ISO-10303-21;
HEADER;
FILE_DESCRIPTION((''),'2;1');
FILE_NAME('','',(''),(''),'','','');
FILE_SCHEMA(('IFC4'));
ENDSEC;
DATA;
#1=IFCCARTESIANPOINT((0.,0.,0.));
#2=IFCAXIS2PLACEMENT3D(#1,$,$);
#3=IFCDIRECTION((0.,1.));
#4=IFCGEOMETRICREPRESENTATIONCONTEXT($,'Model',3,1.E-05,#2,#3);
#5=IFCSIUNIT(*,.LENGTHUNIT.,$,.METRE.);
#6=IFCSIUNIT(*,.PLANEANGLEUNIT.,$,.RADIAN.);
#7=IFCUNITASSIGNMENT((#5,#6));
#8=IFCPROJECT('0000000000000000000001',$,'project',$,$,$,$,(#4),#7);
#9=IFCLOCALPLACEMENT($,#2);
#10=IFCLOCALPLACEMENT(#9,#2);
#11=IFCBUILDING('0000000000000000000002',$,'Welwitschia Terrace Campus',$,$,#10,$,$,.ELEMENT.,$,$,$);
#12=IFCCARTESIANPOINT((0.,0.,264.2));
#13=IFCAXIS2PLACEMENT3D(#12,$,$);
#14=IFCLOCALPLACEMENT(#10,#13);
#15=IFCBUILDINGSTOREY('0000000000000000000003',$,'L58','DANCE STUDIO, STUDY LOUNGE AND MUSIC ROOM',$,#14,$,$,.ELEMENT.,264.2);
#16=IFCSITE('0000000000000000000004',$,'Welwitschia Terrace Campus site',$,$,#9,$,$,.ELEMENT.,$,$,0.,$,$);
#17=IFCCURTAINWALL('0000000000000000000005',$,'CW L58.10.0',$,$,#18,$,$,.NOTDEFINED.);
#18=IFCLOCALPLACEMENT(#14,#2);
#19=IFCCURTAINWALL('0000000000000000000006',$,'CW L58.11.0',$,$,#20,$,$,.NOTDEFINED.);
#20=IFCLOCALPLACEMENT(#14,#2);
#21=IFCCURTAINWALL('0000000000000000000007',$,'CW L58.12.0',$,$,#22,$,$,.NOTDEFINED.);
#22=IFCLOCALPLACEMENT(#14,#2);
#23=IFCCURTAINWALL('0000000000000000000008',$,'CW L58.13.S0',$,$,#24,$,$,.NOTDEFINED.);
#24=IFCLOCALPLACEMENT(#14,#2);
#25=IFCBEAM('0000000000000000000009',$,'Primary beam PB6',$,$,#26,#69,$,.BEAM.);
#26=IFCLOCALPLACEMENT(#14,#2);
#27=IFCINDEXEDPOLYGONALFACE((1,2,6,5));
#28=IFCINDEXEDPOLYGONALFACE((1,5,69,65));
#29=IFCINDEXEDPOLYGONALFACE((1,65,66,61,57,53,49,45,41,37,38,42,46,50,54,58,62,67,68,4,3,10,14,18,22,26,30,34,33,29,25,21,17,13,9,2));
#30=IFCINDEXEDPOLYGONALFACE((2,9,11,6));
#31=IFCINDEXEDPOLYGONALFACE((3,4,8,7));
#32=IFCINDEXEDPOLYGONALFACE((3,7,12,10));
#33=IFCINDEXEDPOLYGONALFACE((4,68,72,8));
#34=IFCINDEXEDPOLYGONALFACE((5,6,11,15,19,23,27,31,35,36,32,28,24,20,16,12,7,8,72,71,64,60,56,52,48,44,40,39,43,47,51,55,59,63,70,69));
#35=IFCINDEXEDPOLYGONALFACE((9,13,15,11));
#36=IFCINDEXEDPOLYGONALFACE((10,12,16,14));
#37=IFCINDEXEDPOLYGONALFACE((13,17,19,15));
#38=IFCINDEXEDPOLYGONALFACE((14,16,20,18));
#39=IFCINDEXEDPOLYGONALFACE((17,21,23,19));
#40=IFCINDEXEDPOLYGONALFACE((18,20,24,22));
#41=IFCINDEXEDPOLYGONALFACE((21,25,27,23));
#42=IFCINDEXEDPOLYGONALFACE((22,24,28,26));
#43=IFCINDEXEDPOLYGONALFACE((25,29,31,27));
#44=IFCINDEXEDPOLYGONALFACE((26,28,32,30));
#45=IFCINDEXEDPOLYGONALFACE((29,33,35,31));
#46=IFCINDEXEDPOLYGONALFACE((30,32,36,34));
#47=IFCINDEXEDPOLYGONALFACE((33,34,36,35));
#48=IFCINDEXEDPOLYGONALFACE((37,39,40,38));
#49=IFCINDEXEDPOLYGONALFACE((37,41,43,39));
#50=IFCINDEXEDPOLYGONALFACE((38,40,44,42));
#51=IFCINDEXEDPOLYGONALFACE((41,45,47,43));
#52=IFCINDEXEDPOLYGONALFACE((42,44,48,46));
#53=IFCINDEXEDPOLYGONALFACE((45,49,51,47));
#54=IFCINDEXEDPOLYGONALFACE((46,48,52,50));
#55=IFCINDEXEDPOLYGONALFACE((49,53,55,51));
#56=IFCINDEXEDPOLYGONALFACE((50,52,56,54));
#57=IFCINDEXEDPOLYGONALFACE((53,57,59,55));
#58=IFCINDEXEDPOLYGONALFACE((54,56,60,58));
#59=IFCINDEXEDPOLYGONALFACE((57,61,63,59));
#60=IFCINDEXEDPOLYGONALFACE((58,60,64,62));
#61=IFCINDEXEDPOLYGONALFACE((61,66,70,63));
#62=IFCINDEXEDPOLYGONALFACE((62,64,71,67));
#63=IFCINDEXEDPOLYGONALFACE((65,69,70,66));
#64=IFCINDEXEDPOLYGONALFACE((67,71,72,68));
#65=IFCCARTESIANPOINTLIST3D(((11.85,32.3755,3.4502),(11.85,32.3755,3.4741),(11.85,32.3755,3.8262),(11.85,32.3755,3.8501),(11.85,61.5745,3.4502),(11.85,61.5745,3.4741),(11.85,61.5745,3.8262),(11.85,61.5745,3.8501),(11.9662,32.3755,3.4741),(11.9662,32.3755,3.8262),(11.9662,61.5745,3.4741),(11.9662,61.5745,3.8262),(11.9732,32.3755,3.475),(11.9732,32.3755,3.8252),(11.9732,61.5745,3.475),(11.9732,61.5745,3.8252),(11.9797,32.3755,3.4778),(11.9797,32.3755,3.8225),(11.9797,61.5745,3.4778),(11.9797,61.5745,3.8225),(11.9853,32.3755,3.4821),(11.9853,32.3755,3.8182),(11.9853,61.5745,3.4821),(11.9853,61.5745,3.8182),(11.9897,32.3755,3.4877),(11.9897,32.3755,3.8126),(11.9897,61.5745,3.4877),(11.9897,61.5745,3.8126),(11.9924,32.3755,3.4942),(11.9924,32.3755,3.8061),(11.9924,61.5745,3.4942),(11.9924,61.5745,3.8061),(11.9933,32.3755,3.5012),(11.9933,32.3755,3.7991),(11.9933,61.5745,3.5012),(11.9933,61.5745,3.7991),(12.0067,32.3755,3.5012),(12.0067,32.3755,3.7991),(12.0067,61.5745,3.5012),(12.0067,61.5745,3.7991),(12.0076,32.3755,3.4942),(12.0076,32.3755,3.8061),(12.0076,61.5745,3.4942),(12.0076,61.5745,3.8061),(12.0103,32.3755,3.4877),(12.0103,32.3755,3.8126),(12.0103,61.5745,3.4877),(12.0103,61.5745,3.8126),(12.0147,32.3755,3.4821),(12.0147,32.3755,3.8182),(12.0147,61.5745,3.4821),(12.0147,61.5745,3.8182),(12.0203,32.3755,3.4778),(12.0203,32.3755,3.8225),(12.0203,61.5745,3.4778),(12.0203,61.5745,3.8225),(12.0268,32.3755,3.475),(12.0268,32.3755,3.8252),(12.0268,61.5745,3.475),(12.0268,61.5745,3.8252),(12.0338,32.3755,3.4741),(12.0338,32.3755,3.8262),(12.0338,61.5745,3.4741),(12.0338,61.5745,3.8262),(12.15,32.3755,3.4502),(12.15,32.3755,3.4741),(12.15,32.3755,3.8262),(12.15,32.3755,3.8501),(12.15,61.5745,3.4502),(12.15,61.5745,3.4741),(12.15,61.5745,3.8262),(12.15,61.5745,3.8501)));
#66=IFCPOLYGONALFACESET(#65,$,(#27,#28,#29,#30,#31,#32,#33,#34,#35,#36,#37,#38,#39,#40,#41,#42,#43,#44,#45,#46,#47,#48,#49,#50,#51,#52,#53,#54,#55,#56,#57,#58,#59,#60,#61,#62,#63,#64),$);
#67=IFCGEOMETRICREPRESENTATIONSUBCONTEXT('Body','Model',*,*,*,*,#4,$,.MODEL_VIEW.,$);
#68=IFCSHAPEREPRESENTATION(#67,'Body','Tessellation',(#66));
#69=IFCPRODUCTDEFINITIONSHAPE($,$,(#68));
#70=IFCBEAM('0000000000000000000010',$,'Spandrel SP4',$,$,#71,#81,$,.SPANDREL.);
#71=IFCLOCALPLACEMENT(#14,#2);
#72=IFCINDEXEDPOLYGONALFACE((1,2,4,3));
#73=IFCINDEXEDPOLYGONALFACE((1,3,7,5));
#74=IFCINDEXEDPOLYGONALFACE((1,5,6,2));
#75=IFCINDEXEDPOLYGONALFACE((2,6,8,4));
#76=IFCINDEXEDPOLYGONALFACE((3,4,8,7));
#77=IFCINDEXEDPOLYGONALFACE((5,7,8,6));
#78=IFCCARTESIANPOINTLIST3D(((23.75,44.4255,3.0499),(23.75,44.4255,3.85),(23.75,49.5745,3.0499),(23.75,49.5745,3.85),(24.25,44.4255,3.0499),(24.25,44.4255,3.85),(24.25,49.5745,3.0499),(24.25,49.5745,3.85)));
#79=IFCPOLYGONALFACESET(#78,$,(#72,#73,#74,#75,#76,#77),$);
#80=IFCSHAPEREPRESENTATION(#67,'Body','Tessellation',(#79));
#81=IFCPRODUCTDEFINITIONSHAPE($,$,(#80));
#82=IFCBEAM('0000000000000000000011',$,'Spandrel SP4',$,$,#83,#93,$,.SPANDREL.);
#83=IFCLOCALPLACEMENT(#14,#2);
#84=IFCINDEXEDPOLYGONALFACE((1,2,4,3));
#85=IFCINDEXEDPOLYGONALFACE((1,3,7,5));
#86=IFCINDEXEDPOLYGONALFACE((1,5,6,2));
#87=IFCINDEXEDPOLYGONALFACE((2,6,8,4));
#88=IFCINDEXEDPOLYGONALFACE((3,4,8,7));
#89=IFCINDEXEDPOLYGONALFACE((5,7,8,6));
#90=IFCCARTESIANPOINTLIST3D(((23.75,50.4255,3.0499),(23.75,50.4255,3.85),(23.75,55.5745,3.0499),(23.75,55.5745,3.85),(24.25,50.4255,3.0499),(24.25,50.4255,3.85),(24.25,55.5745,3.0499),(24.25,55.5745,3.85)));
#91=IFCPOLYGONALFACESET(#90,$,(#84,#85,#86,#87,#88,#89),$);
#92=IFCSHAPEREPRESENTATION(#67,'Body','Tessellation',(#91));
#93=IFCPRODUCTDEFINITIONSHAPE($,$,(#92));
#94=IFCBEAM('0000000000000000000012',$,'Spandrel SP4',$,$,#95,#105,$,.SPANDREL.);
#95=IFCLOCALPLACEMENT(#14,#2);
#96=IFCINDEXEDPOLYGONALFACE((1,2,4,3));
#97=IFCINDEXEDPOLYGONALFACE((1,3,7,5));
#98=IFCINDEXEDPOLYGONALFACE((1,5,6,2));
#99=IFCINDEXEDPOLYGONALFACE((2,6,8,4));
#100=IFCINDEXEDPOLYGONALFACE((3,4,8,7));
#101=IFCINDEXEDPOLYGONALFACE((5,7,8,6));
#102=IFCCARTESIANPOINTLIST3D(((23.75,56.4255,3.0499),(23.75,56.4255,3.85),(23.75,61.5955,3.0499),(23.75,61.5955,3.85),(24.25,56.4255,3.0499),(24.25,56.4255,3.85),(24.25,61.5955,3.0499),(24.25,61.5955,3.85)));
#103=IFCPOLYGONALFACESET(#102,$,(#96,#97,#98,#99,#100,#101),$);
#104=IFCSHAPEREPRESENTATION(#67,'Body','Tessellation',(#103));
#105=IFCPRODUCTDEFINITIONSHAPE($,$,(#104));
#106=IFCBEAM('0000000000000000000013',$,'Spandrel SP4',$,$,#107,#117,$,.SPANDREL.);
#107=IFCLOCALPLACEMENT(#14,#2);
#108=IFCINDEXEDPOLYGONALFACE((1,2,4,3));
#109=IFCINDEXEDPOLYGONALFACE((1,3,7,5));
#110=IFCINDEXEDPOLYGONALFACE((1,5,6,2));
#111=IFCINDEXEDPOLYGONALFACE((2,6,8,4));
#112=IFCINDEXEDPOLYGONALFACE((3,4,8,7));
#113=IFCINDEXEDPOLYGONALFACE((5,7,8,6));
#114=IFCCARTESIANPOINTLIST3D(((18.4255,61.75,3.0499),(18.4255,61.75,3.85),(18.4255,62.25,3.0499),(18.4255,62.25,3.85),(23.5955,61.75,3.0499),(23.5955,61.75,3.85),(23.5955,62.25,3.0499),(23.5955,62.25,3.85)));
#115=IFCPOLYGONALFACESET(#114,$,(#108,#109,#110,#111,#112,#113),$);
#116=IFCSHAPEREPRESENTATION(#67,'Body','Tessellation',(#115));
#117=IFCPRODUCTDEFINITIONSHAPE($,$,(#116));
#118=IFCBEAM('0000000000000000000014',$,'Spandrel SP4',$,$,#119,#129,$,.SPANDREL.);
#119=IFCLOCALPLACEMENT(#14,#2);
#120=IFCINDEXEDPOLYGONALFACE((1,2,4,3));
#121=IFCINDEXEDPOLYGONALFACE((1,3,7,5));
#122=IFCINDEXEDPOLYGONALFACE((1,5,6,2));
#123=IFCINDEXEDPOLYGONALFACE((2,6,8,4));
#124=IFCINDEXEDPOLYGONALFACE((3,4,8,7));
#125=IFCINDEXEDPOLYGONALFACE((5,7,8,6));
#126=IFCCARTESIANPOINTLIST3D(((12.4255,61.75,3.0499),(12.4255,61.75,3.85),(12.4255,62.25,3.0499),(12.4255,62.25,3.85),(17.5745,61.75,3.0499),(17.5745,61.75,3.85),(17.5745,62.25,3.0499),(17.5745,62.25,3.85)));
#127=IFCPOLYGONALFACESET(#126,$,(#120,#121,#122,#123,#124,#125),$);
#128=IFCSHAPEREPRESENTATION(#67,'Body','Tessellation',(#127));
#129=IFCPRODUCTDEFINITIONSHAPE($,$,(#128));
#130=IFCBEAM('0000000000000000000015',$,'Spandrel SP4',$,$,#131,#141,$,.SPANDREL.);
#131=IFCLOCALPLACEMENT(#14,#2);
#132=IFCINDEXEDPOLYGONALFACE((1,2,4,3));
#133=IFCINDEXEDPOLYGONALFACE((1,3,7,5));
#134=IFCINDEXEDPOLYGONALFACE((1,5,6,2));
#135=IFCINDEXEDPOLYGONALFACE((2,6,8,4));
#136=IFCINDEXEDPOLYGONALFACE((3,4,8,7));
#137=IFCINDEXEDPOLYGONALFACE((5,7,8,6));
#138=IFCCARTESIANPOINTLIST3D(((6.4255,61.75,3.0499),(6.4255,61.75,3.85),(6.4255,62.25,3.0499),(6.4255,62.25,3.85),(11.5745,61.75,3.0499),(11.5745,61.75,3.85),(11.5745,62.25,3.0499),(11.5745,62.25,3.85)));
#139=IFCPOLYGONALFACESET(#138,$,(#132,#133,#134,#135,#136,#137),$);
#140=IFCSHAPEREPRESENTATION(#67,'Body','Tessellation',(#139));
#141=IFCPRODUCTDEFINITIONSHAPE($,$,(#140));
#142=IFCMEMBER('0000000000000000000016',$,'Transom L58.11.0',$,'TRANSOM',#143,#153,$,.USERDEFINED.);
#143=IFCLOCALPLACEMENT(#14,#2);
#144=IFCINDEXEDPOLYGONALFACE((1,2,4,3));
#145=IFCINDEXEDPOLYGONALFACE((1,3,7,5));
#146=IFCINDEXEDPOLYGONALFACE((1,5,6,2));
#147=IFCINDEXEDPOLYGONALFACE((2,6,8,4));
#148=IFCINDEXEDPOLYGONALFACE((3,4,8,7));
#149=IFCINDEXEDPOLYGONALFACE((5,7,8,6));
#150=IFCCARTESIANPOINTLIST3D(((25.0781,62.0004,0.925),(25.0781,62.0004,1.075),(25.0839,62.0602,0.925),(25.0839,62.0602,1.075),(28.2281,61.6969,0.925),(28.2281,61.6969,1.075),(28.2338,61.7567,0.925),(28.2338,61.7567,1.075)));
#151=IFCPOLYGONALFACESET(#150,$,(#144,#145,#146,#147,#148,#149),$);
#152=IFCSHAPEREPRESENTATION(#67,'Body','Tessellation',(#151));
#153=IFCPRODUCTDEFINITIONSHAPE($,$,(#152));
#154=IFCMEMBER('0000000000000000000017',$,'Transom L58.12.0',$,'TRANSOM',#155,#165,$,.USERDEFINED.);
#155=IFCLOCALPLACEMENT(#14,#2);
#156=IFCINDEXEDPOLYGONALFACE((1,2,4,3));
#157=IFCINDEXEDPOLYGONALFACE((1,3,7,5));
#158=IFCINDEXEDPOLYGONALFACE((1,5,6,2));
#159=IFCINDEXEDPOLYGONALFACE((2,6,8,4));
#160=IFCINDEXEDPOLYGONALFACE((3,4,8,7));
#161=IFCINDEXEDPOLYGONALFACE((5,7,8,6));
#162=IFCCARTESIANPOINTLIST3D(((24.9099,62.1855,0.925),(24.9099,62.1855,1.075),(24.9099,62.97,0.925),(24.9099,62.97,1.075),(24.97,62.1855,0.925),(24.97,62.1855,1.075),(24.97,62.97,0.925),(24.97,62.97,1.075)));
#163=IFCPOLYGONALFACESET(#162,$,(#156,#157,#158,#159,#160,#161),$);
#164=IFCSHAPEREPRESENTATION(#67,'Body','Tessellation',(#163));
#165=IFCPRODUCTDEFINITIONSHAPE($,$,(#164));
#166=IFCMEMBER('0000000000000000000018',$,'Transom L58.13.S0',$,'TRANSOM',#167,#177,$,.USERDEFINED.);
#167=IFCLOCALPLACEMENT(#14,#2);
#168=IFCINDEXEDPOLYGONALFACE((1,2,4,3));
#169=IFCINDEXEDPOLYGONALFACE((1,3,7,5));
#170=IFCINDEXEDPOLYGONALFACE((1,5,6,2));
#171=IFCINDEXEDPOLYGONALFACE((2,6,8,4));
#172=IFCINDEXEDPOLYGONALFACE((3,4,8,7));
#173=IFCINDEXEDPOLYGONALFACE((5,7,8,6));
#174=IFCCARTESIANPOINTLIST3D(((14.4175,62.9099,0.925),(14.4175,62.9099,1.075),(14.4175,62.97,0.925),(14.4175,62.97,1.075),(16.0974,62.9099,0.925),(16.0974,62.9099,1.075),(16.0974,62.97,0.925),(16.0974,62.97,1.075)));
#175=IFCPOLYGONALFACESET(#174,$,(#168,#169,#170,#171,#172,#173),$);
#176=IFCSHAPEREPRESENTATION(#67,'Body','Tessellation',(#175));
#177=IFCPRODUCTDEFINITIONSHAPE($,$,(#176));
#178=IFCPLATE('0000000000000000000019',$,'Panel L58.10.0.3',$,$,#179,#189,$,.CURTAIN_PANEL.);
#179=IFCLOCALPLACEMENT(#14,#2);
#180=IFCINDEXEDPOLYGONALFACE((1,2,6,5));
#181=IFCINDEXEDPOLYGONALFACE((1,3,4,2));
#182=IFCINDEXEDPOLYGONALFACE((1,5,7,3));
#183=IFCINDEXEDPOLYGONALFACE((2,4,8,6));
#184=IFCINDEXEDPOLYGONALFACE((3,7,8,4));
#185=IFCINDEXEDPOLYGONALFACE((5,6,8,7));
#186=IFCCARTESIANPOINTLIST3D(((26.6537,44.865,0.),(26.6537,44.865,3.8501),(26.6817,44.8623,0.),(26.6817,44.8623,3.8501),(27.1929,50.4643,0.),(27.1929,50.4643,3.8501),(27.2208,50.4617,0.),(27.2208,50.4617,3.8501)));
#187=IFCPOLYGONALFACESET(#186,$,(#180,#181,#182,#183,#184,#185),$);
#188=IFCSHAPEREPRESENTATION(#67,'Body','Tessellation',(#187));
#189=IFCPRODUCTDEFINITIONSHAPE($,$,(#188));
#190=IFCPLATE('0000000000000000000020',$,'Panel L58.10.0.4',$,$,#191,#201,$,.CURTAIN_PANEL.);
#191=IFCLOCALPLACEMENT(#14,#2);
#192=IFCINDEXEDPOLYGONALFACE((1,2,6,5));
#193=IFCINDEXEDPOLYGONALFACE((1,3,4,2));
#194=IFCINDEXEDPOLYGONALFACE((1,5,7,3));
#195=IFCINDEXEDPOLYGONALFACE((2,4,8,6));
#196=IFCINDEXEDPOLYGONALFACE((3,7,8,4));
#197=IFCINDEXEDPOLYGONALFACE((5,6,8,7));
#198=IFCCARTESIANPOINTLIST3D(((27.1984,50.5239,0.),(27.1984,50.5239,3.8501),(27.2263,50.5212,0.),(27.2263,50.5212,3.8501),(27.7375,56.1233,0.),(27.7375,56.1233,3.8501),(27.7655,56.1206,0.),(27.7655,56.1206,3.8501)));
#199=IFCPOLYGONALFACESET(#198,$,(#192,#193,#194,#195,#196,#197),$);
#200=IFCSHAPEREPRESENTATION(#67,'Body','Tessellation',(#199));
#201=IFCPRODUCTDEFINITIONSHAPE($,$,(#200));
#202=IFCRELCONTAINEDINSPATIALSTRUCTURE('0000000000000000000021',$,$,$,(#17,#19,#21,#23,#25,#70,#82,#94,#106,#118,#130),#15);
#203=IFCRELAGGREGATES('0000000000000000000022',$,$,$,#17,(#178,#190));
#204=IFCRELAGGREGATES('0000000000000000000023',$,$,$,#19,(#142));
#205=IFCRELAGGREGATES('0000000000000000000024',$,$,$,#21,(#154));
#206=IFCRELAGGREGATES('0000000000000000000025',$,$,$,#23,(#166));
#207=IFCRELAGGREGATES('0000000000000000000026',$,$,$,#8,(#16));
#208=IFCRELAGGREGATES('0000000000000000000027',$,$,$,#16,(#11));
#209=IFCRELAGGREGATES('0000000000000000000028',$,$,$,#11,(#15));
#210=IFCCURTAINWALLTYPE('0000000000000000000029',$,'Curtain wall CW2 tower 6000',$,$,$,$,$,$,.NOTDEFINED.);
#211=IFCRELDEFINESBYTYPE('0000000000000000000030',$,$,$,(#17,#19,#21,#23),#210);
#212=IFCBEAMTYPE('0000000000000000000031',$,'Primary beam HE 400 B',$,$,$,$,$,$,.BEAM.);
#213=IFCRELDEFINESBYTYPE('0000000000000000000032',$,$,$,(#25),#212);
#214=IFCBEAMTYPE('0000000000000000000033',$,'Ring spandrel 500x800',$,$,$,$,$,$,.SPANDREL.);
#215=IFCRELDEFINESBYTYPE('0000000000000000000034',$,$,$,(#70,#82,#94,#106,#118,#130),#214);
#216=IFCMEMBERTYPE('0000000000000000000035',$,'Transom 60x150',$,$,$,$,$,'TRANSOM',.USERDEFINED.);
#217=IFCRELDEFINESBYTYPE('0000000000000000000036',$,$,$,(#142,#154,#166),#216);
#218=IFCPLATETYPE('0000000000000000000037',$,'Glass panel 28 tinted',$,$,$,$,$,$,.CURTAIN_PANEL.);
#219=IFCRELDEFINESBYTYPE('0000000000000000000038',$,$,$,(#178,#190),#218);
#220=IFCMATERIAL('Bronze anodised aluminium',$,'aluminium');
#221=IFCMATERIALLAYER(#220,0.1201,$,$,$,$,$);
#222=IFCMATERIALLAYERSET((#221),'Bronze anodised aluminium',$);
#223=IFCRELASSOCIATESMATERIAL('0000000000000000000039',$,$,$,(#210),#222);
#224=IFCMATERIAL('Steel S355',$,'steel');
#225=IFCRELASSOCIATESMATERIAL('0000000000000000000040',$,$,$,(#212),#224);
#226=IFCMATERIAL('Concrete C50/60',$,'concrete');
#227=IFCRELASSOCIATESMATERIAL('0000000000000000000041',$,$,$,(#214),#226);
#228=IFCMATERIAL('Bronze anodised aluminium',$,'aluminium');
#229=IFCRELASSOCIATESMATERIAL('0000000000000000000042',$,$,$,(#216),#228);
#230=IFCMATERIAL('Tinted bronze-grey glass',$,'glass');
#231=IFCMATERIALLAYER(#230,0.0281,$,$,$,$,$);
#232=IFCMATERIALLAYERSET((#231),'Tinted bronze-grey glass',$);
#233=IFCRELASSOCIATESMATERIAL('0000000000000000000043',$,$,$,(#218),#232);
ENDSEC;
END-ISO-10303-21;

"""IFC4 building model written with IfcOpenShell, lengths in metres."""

from ifc_helpers import new_model, si_unit, direction, frame, origin, origin_2d, place, context, subcontext, project, spatial, rectangle, i_section, extrude, material, layer, layer_set, material_profile, profile_set, type_object, element, aggregate, save


model = new_model("IFC4")

# Units and contexts
model_context = context("Model", 3, precision=1e-05, world=origin(), true_north=direction((0.0, 1.0)))
body_context = subcontext(model_context, "Body", "Model", "MODEL_VIEW")
ifc_project = project(units=[si_unit("LENGTHUNIT", "METRE"), si_unit("PLANEANGLEUNIT", "RADIAN")], contexts=[model_context])

# Site, building, storey
site_placement = place(None, origin())
site = spatial("IfcSite", under=ifc_project, at=site_placement, Name="Welwitschia Terrace Campus site", CompositionType="ELEMENT", RefElevation=0.0)
building_placement = place(site_placement, origin())
building = spatial("IfcBuilding", under=site, at=building_placement, Name="Welwitschia Terrace Campus", CompositionType="ELEMENT")
storey_placement = place(building_placement, frame((0.0, 0.0, 264.2)))
storey = spatial("IfcBuildingStorey", under=building, at=storey_placement, Name="L58", Description="DANCE STUDIO, STUDY LOUNGE AND MUSIC ROOM", CompositionType="ELEMENT", Elevation=264.2)

# Curtain walls
ifc_material_1 = material(Name="Bronze anodised aluminium", Category="aluminium")
ifc_layer_1 = layer(ifc_material_1, 0.1201)
ifc_layer_set_1 = layer_set([ifc_layer_1], Name="Bronze anodised aluminium")
curtain_wall_type = type_object("IfcCurtainWallType", Name="Curtain wall CW2 tower 6000", PredefinedType="NOTDEFINED", material=ifc_layer_set_1)
curtain_wall_1_placement = place(storey_placement, origin())
curtain_wall_1 = element("IfcCurtainWall", 1, at=curtain_wall_1_placement, inside=storey, type_object=curtain_wall_type, Name="CW L58.10.0", PredefinedType="NOTDEFINED")
curtain_wall_2_placement = place(storey_placement, origin())
curtain_wall_2 = element("IfcCurtainWall", 2, at=curtain_wall_2_placement, inside=storey, type_object=curtain_wall_type, Name="CW L58.11.0", PredefinedType="NOTDEFINED")
curtain_wall_3_placement = place(storey_placement, origin())
curtain_wall_3 = element("IfcCurtainWall", 3, at=curtain_wall_3_placement, inside=storey, type_object=curtain_wall_type, Name="CW L58.12.0", PredefinedType="NOTDEFINED")
curtain_wall_4_placement = place(storey_placement, origin())
curtain_wall_4 = element("IfcCurtainWall", 4, at=curtain_wall_4_placement, inside=storey, type_object=curtain_wall_type, Name="CW L58.13.S0", PredefinedType="NOTDEFINED")

# Beams
ifc_material_2 = material(Name="Steel S355", Category="steel")
ifc_material_profile_1 = material_profile(ifc_material_2, i_section(OverallWidth=0.3, OverallDepth=0.3999, WebThickness=0.0134, FlangeThickness=0.0239, FilletRadius=0.0271, at=origin_2d()))
ifc_profile_set_1 = profile_set([ifc_material_profile_1], Name="Steel S355")
beam_type_1 = type_object("IfcBeamType", Name="Primary beam HE 400 B", PredefinedType="BEAM", material=ifc_profile_set_1)
beam_1_placement = place(storey_placement, frame((12.0, 61.5745, 3.6501), z_axis=(0.0, -1.0, 0.0), x_axis=(1.0, 0.0, 0.0)))
element("IfcBeam", 5, at=beam_1_placement, inside=storey, type_object=beam_type_1, Name="Primary beam PB6", PredefinedType="BEAM", context=body_context, shape_type="SweptSolid", body=[
    extrude(i_section(OverallWidth=0.3, OverallDepth=0.3999, WebThickness=0.0134, FlangeThickness=0.0239, FilletRadius=0.0271, at=origin_2d()), origin(), (0.0, 0.0, 1.0), 29.199),
])
ifc_material_3 = material(Name="Concrete C50/60", Category="concrete")
ifc_material_profile_2 = material_profile(ifc_material_3, rectangle(XDim=0.5, YDim=0.8, at=origin_2d()))
ifc_profile_set_2 = profile_set([ifc_material_profile_2], Name="Concrete C50/60")
beam_type_2 = type_object("IfcBeamType", Name="Ring spandrel 500x800", PredefinedType="SPANDREL", material=ifc_profile_set_2)
for number, where, z_axis, x_axis, name in (
    (6, (24.0, 44.4255, 3.45), (0.0, 1.0, 0.0), (-1.0, 0.0, 0.0), "Spandrel SP4"),
    (7, (24.0, 50.4255, 3.45), (0.0, 1.0, 0.0), (-1.0, 0.0, 0.0), "Spandrel SP4"),
):
    element("IfcBeam", number, at=place(storey_placement, frame(where, z_axis=z_axis, x_axis=x_axis)), inside=storey, type_object=beam_type_2, Name=name, PredefinedType="SPANDREL", context=body_context, shape_type="SweptSolid", body=[
        extrude(rectangle(XDim=0.5, YDim=0.8, at=origin_2d()), origin(), (0.0, 0.0, 1.0), 5.1489),
    ])
for number, where, z_axis, x_axis, name in (
    (8, (24.0, 56.4255, 3.45), (0.0, 1.0, 0.0), (-1.0, 0.0, 0.0), "Spandrel SP4"),
    (9, (23.5955, 62.0, 3.45), (-1.0, 0.0, 0.0), (0.0, -1.0, 0.0), "Spandrel SP4"),
):
    element("IfcBeam", number, at=place(storey_placement, frame(where, z_axis=z_axis, x_axis=x_axis)), inside=storey, type_object=beam_type_2, Name=name, PredefinedType="SPANDREL", context=body_context, shape_type="SweptSolid", body=[
        extrude(rectangle(XDim=0.5, YDim=0.8, at=origin_2d()), origin(), (0.0, 0.0, 1.0), 5.1699),
    ])
for number, where, z_axis, x_axis, name in (
    (10, (17.5745, 62.0, 3.45), (-1.0, 0.0, 0.0), (0.0, -1.0, 0.0), "Spandrel SP4"),
    (11, (11.5745, 62.0, 3.45), (-1.0, 0.0, 0.0), (0.0, -1.0, 0.0), "Spandrel SP4"),
):
    element("IfcBeam", number, at=place(storey_placement, frame(where, z_axis=z_axis, x_axis=x_axis)), inside=storey, type_object=beam_type_2, Name=name, PredefinedType="SPANDREL", context=body_context, shape_type="SweptSolid", body=[
        extrude(rectangle(XDim=0.5, YDim=0.8, at=origin_2d()), origin(), (0.0, 0.0, 1.0), 5.1489),
    ])

# Members
ifc_material_4 = material(Name="Bronze anodised aluminium", Category="aluminium")
ifc_material_profile_3 = material_profile(ifc_material_4, rectangle(XDim=0.0601, YDim=0.1499, at=origin_2d()))
ifc_profile_set_3 = profile_set([ifc_material_profile_3], Name="Bronze anodised aluminium")
member_type_1 = type_object("IfcMemberType", Name="Transom 60x150", ElementType="TRANSOM", PredefinedType="USERDEFINED", material=ifc_profile_set_3)
member_1_placement = place(storey_placement, frame((28.231, 61.7268, 1.0), z_axis=(-0.995391, 0.095898, 0.0), x_axis=(-0.095898, -0.995391, 0.0)))
member_1 = element("IfcMember", 12, at=member_1_placement, type_object=member_type_1, Name="Transom L58.11.0", ObjectType="TRANSOM", PredefinedType="USERDEFINED", context=body_context, shape_type="SweptSolid", body=[
    extrude(rectangle(XDim=0.0601, YDim=0.1499, at=origin_2d()), origin(), (0.0, 0.0, 1.0), 3.1646),
])
member_2_placement = place(storey_placement, frame((24.9399, 62.1855, 1.0), z_axis=(0.0, 1.0, 0.0), x_axis=(-1.0, 0.0, 0.0)))
member_2 = element("IfcMember", 13, at=member_2_placement, type_object=member_type_1, Name="Transom L58.12.0", ObjectType="TRANSOM", PredefinedType="USERDEFINED", context=body_context, shape_type="SweptSolid", body=[
    extrude(rectangle(XDim=0.0601, YDim=0.1499, at=origin_2d()), origin(), (0.0, 0.0, 1.0), 0.7844),
])
member_3_placement = place(storey_placement, frame((16.0974, 62.9399, 1.0), z_axis=(-1.0, 0.0, 0.0), x_axis=(0.0, -1.0, 0.0)))
member_3 = element("IfcMember", 14, at=member_3_placement, type_object=member_type_1, Name="Transom L58.13.S0", ObjectType="TRANSOM", PredefinedType="USERDEFINED", context=body_context, shape_type="SweptSolid", body=[
    extrude(rectangle(XDim=0.0601, YDim=0.1499, at=origin_2d()), origin(), (0.0, 0.0, 1.0), 1.6799),
])

# Plates
ifc_material_5 = material(Name="Tinted bronze-grey glass", Category="glass")
ifc_layer_2 = layer(ifc_material_5, 0.0281)
ifc_layer_set_2 = layer_set([ifc_layer_2], Name="Tinted bronze-grey glass")
plate_type = type_object("IfcPlateType", Name="Glass panel 28 tinted", PredefinedType="CURTAIN_PANEL", material=ifc_layer_set_2)
plate_1_placement = place(storey_placement, frame((26.9373, 47.6633, 0.0), z_axis=(0.0, 0.0, 1.0), x_axis=(0.095846, 0.995396, 0.0)))
plate_1 = element("IfcPlate", 15, at=plate_1_placement, type_object=plate_type, Name="Panel L58.10.0.3", PredefinedType="CURTAIN_PANEL", context=body_context, shape_type="SweptSolid", body=[
    extrude(rectangle(XDim=5.6252, YDim=0.0281, at=origin_2d()), origin(), (0.0, 0.0, 1.0), 3.8501),
])
plate_2_placement = place(storey_placement, frame((27.4819, 53.3223, 0.0), z_axis=(0.0, 0.0, 1.0), x_axis=(0.095846, 0.995396, 0.0)))
plate_2 = element("IfcPlate", 16, at=plate_2_placement, type_object=plate_type, Name="Panel L58.10.0.4", PredefinedType="CURTAIN_PANEL", context=body_context, shape_type="SweptSolid", body=[
    extrude(rectangle(XDim=5.6252, YDim=0.0281, at=origin_2d()), origin(), (0.0, 0.0, 1.0), 3.8501),
])
aggregate(curtain_wall_1, [plate_1, plate_2])
aggregate(curtain_wall_2, [member_1])
aggregate(curtain_wall_3, [member_2])
aggregate(curtain_wall_4, [member_3])

save(model, "model.ifc")
